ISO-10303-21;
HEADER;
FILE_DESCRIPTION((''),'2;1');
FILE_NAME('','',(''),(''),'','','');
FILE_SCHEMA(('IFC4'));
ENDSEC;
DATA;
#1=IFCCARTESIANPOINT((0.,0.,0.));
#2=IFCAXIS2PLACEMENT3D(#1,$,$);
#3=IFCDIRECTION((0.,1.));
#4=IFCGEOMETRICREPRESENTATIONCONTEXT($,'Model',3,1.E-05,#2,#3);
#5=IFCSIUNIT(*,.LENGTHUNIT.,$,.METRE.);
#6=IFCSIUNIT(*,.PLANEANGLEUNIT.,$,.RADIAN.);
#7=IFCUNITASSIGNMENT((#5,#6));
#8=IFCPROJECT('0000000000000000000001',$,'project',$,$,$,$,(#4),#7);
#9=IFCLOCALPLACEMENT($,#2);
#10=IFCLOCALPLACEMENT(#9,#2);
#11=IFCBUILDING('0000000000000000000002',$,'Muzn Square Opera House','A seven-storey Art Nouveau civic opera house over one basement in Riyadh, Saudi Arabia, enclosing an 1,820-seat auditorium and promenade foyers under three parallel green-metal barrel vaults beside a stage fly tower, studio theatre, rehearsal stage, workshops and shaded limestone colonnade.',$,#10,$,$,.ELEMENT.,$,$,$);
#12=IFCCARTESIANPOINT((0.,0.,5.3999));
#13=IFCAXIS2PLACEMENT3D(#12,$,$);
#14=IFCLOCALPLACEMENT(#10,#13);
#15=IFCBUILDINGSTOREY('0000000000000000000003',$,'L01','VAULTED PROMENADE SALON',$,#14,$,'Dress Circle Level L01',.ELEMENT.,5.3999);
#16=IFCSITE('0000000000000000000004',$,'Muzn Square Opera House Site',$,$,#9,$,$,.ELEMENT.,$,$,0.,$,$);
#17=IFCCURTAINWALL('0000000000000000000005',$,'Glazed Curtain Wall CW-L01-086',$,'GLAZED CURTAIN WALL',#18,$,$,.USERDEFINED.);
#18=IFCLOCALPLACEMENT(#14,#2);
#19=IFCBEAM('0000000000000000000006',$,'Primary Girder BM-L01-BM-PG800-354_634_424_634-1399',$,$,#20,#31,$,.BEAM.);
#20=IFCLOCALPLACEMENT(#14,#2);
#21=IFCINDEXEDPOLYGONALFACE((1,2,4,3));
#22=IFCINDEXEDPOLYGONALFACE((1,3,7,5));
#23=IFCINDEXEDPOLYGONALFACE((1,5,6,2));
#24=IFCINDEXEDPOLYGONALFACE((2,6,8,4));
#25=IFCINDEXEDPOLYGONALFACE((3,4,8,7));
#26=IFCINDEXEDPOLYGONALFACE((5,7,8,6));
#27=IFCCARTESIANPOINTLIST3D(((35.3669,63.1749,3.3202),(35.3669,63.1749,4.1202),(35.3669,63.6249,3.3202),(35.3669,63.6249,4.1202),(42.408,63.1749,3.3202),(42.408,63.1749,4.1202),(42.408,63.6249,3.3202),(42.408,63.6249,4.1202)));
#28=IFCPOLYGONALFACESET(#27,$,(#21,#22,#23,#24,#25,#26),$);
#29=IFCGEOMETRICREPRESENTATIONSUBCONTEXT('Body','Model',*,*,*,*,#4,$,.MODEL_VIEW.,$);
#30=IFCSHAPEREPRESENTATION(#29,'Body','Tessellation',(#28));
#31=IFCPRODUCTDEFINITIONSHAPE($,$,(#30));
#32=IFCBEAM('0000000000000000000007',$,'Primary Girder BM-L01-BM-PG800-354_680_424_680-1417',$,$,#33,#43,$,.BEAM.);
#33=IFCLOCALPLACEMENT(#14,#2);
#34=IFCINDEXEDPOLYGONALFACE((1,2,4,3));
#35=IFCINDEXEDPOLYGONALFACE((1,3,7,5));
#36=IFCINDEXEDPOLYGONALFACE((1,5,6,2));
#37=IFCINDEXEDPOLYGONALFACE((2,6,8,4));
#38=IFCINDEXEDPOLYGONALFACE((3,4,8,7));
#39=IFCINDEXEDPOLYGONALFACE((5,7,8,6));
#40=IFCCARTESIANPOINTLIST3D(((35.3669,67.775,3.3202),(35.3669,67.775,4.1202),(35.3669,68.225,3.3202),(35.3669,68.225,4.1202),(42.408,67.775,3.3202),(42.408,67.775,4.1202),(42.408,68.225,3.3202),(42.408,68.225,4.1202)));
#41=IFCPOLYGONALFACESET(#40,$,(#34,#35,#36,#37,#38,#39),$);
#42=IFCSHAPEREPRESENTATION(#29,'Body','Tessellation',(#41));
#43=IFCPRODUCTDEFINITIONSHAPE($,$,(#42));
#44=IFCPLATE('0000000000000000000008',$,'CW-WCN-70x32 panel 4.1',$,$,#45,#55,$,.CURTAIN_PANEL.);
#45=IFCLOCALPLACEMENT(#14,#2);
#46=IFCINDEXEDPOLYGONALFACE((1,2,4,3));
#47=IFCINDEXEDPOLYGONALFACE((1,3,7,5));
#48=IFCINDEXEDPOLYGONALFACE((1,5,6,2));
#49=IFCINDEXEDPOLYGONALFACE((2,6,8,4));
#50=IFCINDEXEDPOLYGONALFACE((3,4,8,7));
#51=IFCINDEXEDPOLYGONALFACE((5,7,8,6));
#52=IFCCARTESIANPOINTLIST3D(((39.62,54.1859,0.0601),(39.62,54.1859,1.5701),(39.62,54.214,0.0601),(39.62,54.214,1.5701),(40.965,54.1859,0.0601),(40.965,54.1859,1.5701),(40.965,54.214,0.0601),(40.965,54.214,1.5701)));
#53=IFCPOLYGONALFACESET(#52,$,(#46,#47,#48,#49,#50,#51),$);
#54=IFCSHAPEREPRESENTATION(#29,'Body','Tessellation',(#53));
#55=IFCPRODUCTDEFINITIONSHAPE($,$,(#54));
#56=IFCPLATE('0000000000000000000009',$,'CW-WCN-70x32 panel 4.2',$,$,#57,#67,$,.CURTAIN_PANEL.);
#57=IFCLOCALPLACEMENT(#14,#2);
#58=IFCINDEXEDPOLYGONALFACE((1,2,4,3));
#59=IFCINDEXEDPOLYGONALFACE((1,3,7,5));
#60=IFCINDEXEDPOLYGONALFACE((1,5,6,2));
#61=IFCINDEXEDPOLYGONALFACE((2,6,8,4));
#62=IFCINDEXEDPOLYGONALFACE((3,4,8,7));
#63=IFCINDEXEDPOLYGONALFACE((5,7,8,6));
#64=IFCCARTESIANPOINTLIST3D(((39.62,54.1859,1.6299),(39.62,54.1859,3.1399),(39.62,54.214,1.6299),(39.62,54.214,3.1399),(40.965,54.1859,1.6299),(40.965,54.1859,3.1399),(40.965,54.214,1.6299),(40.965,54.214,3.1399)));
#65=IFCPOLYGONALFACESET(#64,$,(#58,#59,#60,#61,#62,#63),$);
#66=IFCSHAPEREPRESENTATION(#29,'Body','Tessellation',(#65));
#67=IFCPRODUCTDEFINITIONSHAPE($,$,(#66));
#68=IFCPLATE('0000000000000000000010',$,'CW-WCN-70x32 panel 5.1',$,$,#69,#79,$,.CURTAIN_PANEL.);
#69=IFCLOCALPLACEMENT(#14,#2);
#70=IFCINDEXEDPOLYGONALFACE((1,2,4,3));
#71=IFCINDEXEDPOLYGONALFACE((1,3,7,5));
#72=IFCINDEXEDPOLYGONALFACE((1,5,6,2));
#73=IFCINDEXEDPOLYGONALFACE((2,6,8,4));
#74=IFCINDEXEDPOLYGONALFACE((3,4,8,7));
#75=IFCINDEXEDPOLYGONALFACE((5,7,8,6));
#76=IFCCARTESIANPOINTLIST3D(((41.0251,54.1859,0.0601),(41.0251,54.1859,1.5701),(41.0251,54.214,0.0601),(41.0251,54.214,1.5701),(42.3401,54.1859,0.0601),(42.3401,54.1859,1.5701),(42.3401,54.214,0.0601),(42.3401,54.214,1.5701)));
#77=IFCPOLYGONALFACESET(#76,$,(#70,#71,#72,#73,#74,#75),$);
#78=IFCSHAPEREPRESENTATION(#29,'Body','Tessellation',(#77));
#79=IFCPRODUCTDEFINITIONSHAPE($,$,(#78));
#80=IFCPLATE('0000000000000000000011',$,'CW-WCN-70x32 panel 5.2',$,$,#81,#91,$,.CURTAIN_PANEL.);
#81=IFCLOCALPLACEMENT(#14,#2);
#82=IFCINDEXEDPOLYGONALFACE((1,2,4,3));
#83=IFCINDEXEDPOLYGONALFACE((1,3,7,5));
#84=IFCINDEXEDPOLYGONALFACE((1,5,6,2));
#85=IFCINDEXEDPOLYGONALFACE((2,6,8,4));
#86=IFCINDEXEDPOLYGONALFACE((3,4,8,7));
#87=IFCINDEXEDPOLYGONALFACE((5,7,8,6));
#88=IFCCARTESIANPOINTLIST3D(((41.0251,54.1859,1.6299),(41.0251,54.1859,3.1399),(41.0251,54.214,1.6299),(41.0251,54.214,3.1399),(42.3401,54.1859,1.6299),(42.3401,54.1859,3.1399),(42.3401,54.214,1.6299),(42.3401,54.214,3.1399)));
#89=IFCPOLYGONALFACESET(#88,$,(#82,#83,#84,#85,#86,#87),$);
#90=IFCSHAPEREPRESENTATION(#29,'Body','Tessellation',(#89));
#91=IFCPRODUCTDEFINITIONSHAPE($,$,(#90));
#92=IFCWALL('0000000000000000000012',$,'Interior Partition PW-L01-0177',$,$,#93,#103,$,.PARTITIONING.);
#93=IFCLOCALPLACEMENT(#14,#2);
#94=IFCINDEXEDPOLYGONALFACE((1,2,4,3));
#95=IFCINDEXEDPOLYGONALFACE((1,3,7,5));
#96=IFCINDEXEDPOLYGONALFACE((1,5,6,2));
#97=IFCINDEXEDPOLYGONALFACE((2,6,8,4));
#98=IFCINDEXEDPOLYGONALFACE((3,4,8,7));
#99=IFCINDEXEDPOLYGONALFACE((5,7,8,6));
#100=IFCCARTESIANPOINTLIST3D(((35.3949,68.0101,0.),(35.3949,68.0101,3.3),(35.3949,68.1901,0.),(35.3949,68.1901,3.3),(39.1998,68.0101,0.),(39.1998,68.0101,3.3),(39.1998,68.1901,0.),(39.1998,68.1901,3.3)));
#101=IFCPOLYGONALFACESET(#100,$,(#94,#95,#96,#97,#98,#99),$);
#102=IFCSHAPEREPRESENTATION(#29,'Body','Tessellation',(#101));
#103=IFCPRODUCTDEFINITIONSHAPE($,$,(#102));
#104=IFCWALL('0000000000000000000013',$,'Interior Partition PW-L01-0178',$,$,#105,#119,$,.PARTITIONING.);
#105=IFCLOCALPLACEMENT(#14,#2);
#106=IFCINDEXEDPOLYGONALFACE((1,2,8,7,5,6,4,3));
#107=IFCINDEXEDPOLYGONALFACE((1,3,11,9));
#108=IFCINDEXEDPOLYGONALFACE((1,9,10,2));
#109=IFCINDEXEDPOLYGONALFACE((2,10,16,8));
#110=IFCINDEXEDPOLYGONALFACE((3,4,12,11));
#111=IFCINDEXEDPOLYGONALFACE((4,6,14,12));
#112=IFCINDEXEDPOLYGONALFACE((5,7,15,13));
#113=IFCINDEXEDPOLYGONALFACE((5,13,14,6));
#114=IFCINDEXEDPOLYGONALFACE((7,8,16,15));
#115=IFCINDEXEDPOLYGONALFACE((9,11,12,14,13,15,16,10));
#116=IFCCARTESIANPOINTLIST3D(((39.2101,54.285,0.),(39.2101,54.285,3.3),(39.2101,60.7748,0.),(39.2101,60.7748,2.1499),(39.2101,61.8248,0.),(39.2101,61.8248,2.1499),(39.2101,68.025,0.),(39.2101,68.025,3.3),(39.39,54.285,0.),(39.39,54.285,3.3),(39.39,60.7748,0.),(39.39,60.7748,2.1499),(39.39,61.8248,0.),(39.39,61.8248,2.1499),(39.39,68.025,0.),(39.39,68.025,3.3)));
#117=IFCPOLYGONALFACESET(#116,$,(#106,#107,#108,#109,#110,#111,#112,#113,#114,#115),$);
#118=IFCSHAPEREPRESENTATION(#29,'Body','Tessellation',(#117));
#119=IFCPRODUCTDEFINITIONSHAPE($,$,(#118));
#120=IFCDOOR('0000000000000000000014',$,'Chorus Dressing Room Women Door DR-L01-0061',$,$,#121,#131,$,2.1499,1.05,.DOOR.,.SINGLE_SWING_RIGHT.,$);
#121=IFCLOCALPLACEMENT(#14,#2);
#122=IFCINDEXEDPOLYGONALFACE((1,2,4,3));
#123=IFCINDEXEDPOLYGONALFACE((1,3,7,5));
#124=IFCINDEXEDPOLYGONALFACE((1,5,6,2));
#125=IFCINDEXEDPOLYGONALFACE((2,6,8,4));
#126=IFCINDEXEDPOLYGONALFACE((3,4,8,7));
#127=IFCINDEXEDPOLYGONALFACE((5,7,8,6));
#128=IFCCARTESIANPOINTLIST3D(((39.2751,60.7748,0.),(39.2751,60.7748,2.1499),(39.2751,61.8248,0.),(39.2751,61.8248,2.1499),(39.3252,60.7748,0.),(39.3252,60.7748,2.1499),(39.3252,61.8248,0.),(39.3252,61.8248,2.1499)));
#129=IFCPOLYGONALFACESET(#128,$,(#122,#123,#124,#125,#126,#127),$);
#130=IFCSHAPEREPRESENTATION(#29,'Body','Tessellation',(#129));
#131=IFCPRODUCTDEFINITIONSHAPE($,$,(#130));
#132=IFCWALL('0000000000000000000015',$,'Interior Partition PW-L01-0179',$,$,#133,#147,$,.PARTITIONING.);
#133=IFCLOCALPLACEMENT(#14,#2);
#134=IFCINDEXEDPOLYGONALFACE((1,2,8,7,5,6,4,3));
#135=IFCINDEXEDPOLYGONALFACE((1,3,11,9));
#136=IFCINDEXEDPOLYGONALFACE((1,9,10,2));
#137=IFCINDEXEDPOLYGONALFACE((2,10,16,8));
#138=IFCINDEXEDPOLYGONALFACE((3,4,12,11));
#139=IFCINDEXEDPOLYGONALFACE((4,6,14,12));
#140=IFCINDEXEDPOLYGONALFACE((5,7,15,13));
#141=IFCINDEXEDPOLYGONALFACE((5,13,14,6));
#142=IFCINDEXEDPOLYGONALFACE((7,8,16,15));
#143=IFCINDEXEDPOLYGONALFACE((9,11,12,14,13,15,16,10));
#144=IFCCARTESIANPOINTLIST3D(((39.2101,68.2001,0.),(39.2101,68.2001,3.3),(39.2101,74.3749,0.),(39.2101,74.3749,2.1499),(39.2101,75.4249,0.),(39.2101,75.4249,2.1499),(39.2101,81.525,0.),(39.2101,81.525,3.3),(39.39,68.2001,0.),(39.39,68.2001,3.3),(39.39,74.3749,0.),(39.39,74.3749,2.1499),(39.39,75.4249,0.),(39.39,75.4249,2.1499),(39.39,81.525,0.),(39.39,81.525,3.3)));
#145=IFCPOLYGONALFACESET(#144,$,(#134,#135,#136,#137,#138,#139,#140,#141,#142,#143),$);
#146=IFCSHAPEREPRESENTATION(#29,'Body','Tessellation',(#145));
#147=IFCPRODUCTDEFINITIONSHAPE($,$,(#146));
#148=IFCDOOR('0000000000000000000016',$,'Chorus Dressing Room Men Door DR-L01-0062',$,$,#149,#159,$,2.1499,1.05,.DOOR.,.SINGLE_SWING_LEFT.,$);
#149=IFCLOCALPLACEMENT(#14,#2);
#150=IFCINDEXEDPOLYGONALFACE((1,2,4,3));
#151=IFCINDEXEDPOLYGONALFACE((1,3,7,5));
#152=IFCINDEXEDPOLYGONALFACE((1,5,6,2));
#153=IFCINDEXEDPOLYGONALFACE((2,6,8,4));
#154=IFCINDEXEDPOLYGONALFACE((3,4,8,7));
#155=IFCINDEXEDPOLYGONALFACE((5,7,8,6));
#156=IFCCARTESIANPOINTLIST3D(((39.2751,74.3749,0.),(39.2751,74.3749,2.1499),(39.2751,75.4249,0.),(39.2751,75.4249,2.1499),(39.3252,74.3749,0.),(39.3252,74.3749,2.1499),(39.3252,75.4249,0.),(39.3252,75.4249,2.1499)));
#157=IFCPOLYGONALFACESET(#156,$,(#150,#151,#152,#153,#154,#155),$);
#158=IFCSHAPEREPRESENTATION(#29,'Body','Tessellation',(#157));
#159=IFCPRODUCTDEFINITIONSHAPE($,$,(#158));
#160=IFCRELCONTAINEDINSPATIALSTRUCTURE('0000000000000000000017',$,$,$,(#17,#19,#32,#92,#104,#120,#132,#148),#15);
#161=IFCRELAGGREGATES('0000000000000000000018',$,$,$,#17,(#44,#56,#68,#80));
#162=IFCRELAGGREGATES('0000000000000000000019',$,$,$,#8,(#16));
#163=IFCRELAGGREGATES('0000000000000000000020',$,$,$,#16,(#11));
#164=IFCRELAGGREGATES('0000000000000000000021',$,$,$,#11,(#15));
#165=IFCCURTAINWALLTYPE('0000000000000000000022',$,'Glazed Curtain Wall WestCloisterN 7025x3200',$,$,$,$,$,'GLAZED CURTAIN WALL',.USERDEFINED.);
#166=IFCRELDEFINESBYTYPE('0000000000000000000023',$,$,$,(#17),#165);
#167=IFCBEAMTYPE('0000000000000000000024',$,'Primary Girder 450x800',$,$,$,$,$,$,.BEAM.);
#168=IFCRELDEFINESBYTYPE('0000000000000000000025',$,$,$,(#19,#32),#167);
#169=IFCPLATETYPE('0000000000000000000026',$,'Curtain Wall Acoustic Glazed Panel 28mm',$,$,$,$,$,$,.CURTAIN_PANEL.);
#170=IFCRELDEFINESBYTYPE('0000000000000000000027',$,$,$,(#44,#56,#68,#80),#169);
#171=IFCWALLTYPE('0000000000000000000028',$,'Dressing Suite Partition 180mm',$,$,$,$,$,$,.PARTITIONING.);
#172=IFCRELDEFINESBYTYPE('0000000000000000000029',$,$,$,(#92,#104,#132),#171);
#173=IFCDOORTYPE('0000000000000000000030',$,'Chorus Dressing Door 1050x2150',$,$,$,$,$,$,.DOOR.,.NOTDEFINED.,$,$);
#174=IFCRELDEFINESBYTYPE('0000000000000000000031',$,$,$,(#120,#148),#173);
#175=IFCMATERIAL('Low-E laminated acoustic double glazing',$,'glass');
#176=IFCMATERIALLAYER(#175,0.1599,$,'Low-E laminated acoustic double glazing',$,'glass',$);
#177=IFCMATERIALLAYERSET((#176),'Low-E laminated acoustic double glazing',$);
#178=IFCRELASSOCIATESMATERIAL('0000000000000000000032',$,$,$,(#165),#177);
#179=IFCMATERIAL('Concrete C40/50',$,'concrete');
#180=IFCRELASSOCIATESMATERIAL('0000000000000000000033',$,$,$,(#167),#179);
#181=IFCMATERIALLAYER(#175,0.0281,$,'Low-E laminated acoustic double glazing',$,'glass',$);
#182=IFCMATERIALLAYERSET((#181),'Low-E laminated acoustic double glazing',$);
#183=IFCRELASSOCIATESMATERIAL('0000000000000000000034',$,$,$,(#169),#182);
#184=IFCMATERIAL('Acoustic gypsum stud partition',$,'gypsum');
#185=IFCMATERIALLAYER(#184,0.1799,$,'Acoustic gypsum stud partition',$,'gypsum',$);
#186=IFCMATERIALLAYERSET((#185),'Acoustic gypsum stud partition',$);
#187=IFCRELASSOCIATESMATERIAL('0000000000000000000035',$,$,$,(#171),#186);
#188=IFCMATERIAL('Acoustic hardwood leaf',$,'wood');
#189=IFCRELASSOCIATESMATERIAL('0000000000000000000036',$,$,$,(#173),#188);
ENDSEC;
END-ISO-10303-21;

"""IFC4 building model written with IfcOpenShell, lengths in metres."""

from ifc_helpers import new_model, si_unit, direction, frame, frame_2d, origin, origin_2d, place, context, subcontext, project, spatial, rectangle, extrude, material, layer, layer_set, material_profile, profile_set, type_object, element, fill, aggregate, save


model = new_model("IFC4")

# Units and contexts
model_context = context("Model", 3, precision=1e-05, world=origin(), true_north=direction((0.0, 1.0)))
body_context = subcontext(model_context, "Body", "Model", "MODEL_VIEW")
ifc_project = project(units=[si_unit("LENGTHUNIT", "METRE"), si_unit("PLANEANGLEUNIT", "RADIAN")], contexts=[model_context])

# Site, building, storey
site_placement = place(None, origin())
site = spatial("IfcSite", under=ifc_project, at=site_placement, Name="Muzn Square Opera House Site", CompositionType="ELEMENT", RefElevation=0.0)
building_placement = place(site_placement, origin())
building = spatial("IfcBuilding", under=site, at=building_placement, Name="Muzn Square Opera House", Description="A seven-storey Art Nouveau civic opera house over one basement in Riyadh, Saudi Arabia, enclosing an 1,820-seat auditorium and promenade foyers under three parallel green-metal barrel vaults beside a stage fly tower, studio theatre, rehearsal stage, workshops and shaded limestone colonnade.", CompositionType="ELEMENT")
storey_placement = place(building_placement, frame((0.0, 0.0, 5.3999)))
storey = spatial("IfcBuildingStorey", under=building, at=storey_placement, Name="L01", Description="VAULTED PROMENADE SALON", LongName="Dress Circle Level L01", CompositionType="ELEMENT", Elevation=5.3999)

# Curtain wall
ifc_material_1 = material(Name="Low-E laminated acoustic double glazing", Category="glass")
ifc_layer_1 = layer(ifc_material_1, 0.1599, Name="Low-E laminated acoustic double glazing", Category="glass")
ifc_layer_set_1 = layer_set([ifc_layer_1], Name="Low-E laminated acoustic double glazing")
curtain_wall_type = type_object("IfcCurtainWallType", Name="Glazed Curtain Wall WestCloisterN 7025x3200", ElementType="GLAZED CURTAIN WALL", PredefinedType="USERDEFINED", material=ifc_layer_set_1)
curtain_wall_placement = place(storey_placement, origin())
curtain_wall = element("IfcCurtainWall", 1, at=curtain_wall_placement, inside=storey, type_object=curtain_wall_type, Name="Glazed Curtain Wall CW-L01-086", ObjectType="GLAZED CURTAIN WALL", PredefinedType="USERDEFINED")

# Beams
ifc_material_2 = material(Name="Concrete C40/50", Category="concrete")
ifc_material_profile_1 = material_profile(ifc_material_2, rectangle(XDim=0.45, YDim=0.8, at=origin_2d()), Name="RCB 450x800", Category="concrete")
ifc_profile_set_1 = profile_set([ifc_material_profile_1], Name="Concrete C40/50")
beam_type_1 = type_object("IfcBeamType", Name="Primary Girder 450x800", PredefinedType="BEAM", material=ifc_profile_set_1)
for number, where, z_axis, x_axis, name in (
    (2, (35.3669, 63.3999, 3.7202), (1.0, 0.0, 0.0), (0.0, 1.0, 0.0), "Primary Girder BM-L01-BM-PG800-354_634_424_634-1399"),
    (3, (35.3669, 68.0, 3.7202), (1.0, 0.0, 0.0), (0.0, 1.0, 0.0), "Primary Girder BM-L01-BM-PG800-354_680_424_680-1417"),
):
    element("IfcBeam", number, at=place(storey_placement, frame(where, z_axis=z_axis, x_axis=x_axis)), inside=storey, type_object=beam_type_1, Name=name, PredefinedType="BEAM", context=body_context, shape_type="SweptSolid", body=[
        extrude(rectangle(XDim=0.45, YDim=0.8, at=origin_2d()), origin(), (0.0, 0.0, 1.0), 7.041),
    ])

# Plates
ifc_layer_2 = layer(ifc_material_1, 0.0281, Name="Low-E laminated acoustic double glazing", Category="glass")
ifc_layer_set_2 = layer_set([ifc_layer_2], Name="Low-E laminated acoustic double glazing")
plate_type = type_object("IfcPlateType", Name="Curtain Wall Acoustic Glazed Panel 28mm", PredefinedType="CURTAIN_PANEL", material=ifc_layer_set_2)
plate_1_placement = place(storey_placement, frame((40.2925, 54.2, 0.0601), z_axis=(0.0, 0.0, 1.0), x_axis=(1.0, 0.0, 0.0)))
plate_1 = element("IfcPlate", 4, at=plate_1_placement, type_object=plate_type, Name="CW-WCN-70x32 panel 4.1", PredefinedType="CURTAIN_PANEL", context=body_context, shape_type="SweptSolid", body=[
    extrude(rectangle(XDim=1.345, YDim=0.0281, at=origin_2d()), origin(), (0.0, 0.0, 1.0), 1.51),
])
plate_2_placement = place(storey_placement, frame((40.2925, 54.2, 1.6299), z_axis=(0.0, 0.0, 1.0), x_axis=(1.0, 0.0, 0.0)))
plate_2 = element("IfcPlate", 5, at=plate_2_placement, type_object=plate_type, Name="CW-WCN-70x32 panel 4.2", PredefinedType="CURTAIN_PANEL", context=body_context, shape_type="SweptSolid", body=[
    extrude(rectangle(XDim=1.345, YDim=0.0281, at=origin_2d()), origin(), (0.0, 0.0, 1.0), 1.51),
])
plate_3_placement = place(storey_placement, frame((41.6826, 54.2, 0.0601), z_axis=(0.0, 0.0, 1.0), x_axis=(1.0, 0.0, 0.0)))
plate_3 = element("IfcPlate", 6, at=plate_3_placement, type_object=plate_type, Name="CW-WCN-70x32 panel 5.1", PredefinedType="CURTAIN_PANEL", context=body_context, shape_type="SweptSolid", body=[
    extrude(rectangle(XDim=1.3149, YDim=0.0281, at=origin_2d()), origin(), (0.0, 0.0, 1.0), 1.51),
])
plate_4_placement = place(storey_placement, frame((41.6826, 54.2, 1.6299), z_axis=(0.0, 0.0, 1.0), x_axis=(1.0, 0.0, 0.0)))
plate_4 = element("IfcPlate", 7, at=plate_4_placement, type_object=plate_type, Name="CW-WCN-70x32 panel 5.2", PredefinedType="CURTAIN_PANEL", context=body_context, shape_type="SweptSolid", body=[
    extrude(rectangle(XDim=1.3149, YDim=0.0281, at=origin_2d()), origin(), (0.0, 0.0, 1.0), 1.51),
])
aggregate(curtain_wall, [plate_1, plate_2, plate_3, plate_4])

# Wall
ifc_material_3 = material(Name="Acoustic gypsum stud partition", Category="gypsum")
ifc_layer_3 = layer(ifc_material_3, 0.1799, Name="Acoustic gypsum stud partition", Category="gypsum")
ifc_layer_set_3 = layer_set([ifc_layer_3], Name="Acoustic gypsum stud partition")
wall_type = type_object("IfcWallType", Name="Dressing Suite Partition 180mm", PredefinedType="PARTITIONING", material=ifc_layer_set_3)
wall_1_placement = place(storey_placement, frame((35.395, 68.1001, 0.0), z_axis=(0.0, 0.0, 1.0), x_axis=(1.0, 0.0, 0.0)))
element("IfcWall", 8, at=wall_1_placement, inside=storey, type_object=wall_type, Name="Interior Partition PW-L01-0177", PredefinedType="PARTITIONING", context=body_context, shape_type="SweptSolid", body=[
    extrude(rectangle(XDim=3.8049, YDim=0.1799, at=frame_2d((1.9023, 0.0))), origin(), (0.0, 0.0, 1.0), 3.3),
])

# Walls, openings, doors
wall_2_placement = place(storey_placement, frame((39.3, 54.2849, 0.0), z_axis=(0.0, 0.0, 1.0), x_axis=(0.0, 1.0, 0.0)))
wall_2 = element("IfcWall", 9, at=wall_2_placement, inside=storey, type_object=wall_type, Name="Interior Partition PW-L01-0178", PredefinedType="PARTITIONING", context=body_context, shape_type="SweptSolid", body=[
    extrude(rectangle(XDim=13.74, YDim=0.1799, at=frame_2d((6.8701, 0.0))), origin(), (0.0, 0.0, 1.0), 3.3),
])
opening_1_placement = place(wall_2_placement, frame((6.49, 0.0, 0.0)))
opening_1 = element("IfcOpeningElement", 10, at=opening_1_placement, cuts=wall_2, PredefinedType="OPENING", context=body_context, shape_type="SweptSolid", body=[
    extrude(rectangle(XDim=1.05, YDim=2.1499, at=frame_2d((0.5249, 1.075))), frame((0.0, 0.0999, 0.0), z_axis=(0.0, -1.0, 0.0), x_axis=(1.0, 0.0, 0.0)), (0.0, 0.0, 1.0), 0.2),
])
ifc_material_4 = material(Name="Acoustic hardwood leaf", Category="wood")
door_type = type_object("IfcDoorType", Name="Chorus Dressing Door 1050x2150", OperationType="NOTDEFINED", PredefinedType="DOOR", material=ifc_material_4)
door_1_placement = place(opening_1_placement, origin())
door_1 = element("IfcDoor", 11, at=door_1_placement, inside=storey, type_object=door_type, Name="Chorus Dressing Room Women Door DR-L01-0061", OperationType="SINGLE_SWING_RIGHT", OverallHeight=2.1499, OverallWidth=1.05, PredefinedType="DOOR", context=body_context, shape_type="SweptSolid", body=[
    extrude(rectangle(XDim=1.05, YDim=2.1499, at=frame_2d((0.5249, 1.075))), frame((0.0, 0.0249, 0.0), z_axis=(0.0, -1.0, 0.0), x_axis=(1.0, 0.0, 0.0)), (0.0, 0.0, 1.0), 0.05),
])
fill(opening_1, door_1)
wall_3_placement = place(storey_placement, frame((39.3, 68.2, 0.0), z_axis=(0.0, 0.0, 1.0), x_axis=(0.0, 1.0, 0.0)))
wall_3 = element("IfcWall", 12, at=wall_3_placement, inside=storey, type_object=wall_type, Name="Interior Partition PW-L01-0179", PredefinedType="PARTITIONING", context=body_context, shape_type="SweptSolid", body=[
    extrude(rectangle(XDim=13.325, YDim=0.1799, at=frame_2d((6.6626, 0.0))), origin(), (0.0, 0.0, 1.0), 3.3),
])
opening_2_placement = place(wall_3_placement, frame((6.175, 0.0, 0.0)))
opening_2 = element("IfcOpeningElement", 13, at=opening_2_placement, cuts=wall_3, PredefinedType="OPENING", context=body_context, shape_type="SweptSolid", body=[
    extrude(rectangle(XDim=1.05, YDim=2.1499, at=frame_2d((0.5249, 1.075))), frame((0.0, 0.0999, 0.0), z_axis=(0.0, -1.0, 0.0), x_axis=(1.0, 0.0, 0.0)), (0.0, 0.0, 1.0), 0.2),
])
door_2_placement = place(opening_2_placement, origin())
door_2 = element("IfcDoor", 14, at=door_2_placement, inside=storey, type_object=door_type, Name="Chorus Dressing Room Men Door DR-L01-0062", OperationType="SINGLE_SWING_LEFT", OverallHeight=2.1499, OverallWidth=1.05, PredefinedType="DOOR", context=body_context, shape_type="SweptSolid", body=[
    extrude(rectangle(XDim=1.05, YDim=2.1499, at=frame_2d((0.5249, 1.075))), frame((0.0, 0.0249, 0.0), z_axis=(0.0, -1.0, 0.0), x_axis=(1.0, 0.0, 0.0)), (0.0, 0.0, 1.0), 0.05),
])
fill(opening_2, door_2)

save(model, "model.ifc")
